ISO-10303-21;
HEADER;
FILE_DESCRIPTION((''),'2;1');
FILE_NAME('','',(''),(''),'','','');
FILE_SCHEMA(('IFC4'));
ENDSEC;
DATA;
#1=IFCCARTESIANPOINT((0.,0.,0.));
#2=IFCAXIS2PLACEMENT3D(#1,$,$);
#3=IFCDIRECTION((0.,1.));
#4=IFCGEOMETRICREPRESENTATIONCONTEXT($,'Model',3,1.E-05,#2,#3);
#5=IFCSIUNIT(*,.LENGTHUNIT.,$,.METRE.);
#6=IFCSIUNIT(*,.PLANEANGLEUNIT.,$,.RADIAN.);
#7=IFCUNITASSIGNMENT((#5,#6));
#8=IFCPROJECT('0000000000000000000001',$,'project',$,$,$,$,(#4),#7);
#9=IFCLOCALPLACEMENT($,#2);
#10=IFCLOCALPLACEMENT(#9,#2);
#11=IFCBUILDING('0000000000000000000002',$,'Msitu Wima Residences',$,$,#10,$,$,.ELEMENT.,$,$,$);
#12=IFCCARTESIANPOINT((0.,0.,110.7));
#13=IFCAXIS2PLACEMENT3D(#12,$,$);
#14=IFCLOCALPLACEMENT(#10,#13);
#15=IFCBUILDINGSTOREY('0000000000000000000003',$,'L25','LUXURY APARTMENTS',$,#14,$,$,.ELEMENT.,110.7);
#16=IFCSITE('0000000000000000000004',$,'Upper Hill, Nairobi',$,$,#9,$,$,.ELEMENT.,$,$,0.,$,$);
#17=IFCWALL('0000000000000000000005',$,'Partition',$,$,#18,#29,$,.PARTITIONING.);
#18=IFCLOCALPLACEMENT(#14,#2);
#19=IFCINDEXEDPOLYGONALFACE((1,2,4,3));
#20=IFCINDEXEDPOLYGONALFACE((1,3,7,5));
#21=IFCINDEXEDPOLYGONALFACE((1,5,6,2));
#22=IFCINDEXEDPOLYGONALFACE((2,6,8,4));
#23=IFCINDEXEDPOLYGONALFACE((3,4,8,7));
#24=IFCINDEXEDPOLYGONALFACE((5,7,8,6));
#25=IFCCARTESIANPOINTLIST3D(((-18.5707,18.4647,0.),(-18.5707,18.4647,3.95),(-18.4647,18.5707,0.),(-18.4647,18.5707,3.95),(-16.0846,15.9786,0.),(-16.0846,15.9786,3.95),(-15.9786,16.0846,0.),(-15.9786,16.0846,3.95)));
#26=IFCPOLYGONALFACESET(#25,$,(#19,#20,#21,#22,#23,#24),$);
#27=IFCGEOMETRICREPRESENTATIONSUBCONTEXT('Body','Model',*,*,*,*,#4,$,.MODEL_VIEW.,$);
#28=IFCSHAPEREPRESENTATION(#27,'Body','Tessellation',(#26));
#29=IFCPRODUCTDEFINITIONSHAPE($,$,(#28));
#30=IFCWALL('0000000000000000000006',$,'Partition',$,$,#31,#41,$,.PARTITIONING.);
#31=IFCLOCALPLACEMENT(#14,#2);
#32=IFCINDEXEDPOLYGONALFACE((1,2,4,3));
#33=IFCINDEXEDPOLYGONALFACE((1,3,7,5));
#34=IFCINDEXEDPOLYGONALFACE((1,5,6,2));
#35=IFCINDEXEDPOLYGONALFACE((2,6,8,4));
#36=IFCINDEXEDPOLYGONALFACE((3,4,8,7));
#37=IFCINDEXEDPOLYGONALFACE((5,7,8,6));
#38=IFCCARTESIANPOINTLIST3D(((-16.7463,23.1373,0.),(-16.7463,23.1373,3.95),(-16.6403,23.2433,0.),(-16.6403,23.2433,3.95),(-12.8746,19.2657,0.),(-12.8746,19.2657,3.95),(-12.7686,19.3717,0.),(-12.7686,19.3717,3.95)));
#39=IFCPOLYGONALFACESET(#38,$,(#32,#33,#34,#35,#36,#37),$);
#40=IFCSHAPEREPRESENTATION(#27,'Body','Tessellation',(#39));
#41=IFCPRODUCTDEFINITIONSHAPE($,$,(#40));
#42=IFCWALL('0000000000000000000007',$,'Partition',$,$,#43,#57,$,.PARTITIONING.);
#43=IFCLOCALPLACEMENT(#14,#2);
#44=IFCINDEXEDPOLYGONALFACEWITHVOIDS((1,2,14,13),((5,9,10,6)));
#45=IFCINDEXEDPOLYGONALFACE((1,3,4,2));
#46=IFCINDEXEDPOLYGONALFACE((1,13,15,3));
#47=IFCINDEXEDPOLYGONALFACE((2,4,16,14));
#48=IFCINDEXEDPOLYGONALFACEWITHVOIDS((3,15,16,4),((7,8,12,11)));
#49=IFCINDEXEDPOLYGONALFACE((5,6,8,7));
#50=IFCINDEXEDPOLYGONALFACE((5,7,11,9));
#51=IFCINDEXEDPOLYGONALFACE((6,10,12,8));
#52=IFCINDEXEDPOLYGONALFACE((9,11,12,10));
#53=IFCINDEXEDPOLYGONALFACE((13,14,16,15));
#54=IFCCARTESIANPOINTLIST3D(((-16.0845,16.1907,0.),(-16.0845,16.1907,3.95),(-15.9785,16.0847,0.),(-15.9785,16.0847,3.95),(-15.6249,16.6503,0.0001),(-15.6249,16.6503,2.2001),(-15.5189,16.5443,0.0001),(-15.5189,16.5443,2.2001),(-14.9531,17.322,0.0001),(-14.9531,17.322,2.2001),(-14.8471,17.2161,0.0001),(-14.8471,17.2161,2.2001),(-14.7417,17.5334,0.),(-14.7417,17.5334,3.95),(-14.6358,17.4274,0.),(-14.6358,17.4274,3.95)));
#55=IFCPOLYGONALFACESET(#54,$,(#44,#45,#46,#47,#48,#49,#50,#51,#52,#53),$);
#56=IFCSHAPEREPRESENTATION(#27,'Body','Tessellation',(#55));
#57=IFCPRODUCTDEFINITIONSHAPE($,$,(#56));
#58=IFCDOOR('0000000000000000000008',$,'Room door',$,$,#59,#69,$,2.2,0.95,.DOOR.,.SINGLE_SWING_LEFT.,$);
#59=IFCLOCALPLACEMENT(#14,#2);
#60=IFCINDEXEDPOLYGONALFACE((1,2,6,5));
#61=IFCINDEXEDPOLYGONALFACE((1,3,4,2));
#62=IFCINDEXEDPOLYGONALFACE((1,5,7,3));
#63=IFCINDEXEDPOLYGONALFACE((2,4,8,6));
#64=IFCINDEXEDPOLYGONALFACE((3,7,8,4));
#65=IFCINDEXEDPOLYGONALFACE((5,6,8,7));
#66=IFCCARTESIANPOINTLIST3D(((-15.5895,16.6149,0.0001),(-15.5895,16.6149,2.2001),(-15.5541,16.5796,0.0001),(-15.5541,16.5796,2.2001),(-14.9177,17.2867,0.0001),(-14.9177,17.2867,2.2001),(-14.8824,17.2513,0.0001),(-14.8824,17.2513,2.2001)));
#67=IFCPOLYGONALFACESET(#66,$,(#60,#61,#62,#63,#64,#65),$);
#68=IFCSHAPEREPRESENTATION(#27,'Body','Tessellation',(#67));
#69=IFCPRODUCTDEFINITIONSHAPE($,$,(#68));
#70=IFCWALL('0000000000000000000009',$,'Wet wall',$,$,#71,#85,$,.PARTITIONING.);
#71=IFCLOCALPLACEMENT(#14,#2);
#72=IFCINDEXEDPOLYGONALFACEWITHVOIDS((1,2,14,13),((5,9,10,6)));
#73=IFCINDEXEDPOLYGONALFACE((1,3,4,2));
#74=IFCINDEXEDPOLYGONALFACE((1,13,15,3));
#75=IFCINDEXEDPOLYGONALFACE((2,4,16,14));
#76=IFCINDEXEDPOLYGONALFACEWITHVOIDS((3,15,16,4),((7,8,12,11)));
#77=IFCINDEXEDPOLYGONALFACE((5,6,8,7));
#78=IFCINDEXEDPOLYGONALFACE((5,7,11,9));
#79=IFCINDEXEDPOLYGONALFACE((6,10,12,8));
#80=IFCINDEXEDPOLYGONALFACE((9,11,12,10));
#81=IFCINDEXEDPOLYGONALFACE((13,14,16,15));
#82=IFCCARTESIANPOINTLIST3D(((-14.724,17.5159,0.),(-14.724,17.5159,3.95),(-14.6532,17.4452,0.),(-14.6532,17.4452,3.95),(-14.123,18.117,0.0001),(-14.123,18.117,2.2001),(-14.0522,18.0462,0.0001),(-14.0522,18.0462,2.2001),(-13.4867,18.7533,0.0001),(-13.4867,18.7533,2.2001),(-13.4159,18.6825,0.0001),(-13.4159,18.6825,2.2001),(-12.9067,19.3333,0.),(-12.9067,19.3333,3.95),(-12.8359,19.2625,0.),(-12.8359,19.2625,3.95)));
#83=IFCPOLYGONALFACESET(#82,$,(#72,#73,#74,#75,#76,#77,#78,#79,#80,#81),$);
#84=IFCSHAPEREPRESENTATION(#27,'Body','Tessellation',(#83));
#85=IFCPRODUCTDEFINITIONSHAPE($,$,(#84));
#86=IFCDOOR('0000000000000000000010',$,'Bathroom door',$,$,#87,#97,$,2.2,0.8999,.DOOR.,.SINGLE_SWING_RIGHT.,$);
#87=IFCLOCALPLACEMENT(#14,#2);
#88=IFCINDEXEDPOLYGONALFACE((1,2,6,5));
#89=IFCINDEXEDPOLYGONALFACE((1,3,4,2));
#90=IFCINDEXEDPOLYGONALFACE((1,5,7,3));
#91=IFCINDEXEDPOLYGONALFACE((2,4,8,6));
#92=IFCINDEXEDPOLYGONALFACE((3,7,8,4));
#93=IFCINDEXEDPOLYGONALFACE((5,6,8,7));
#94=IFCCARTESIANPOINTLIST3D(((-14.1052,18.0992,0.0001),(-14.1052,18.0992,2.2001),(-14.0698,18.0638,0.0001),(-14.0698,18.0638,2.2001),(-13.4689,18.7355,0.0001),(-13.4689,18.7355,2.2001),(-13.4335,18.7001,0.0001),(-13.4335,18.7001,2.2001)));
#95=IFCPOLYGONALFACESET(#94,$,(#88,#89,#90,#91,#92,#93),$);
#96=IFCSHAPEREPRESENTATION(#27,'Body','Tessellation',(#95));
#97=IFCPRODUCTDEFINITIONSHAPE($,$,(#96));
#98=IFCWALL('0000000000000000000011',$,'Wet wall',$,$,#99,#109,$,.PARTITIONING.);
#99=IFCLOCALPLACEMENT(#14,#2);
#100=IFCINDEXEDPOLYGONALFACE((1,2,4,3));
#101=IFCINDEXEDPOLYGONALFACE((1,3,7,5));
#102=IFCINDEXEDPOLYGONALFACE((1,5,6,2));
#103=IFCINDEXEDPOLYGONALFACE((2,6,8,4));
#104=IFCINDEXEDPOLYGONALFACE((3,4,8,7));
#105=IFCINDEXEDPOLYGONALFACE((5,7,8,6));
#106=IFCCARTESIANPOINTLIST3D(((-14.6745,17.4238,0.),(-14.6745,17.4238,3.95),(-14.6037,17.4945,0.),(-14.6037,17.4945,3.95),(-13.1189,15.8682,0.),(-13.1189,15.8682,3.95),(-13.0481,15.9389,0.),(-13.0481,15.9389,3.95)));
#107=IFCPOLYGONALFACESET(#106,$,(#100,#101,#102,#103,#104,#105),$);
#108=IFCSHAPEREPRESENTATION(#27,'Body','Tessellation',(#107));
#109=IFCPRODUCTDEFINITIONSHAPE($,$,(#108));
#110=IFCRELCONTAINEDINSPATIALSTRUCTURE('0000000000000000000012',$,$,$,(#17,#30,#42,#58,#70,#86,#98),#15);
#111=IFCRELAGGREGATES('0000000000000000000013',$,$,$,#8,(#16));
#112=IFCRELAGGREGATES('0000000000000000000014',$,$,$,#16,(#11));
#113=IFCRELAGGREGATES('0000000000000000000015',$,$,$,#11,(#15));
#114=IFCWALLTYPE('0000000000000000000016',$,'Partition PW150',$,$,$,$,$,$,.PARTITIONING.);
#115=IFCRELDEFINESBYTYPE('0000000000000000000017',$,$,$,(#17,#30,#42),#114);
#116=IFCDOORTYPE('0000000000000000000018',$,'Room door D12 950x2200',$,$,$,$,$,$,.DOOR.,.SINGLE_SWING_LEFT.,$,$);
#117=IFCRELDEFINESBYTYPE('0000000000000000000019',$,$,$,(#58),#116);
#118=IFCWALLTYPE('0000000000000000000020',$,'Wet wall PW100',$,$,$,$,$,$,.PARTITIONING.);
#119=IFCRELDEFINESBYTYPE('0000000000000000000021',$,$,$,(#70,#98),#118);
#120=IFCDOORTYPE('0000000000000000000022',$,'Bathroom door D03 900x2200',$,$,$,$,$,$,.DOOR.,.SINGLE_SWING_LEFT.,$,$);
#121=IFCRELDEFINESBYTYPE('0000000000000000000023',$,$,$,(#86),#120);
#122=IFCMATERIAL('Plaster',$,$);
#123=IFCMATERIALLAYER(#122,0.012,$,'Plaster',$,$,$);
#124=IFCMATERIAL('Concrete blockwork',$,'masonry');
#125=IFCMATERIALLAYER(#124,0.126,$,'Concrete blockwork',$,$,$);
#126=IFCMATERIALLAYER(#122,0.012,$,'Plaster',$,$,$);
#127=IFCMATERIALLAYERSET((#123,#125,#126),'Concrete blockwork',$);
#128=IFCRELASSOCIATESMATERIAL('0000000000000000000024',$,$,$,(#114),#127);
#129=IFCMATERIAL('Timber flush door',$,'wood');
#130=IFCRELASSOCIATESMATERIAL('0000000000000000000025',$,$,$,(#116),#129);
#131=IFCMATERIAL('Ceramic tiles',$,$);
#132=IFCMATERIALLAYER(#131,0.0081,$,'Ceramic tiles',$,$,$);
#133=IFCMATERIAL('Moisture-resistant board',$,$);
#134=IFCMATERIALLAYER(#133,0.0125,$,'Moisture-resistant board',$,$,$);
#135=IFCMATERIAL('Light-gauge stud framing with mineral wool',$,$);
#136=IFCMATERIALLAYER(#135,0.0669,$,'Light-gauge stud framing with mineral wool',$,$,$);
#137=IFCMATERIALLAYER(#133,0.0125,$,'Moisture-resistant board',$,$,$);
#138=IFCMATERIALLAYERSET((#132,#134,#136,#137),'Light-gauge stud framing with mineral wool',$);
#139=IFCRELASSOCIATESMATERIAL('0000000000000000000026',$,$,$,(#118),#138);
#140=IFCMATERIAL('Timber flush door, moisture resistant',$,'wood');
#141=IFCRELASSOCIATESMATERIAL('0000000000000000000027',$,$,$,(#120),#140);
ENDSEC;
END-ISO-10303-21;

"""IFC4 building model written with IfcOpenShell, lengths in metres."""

from ifc_helpers import new_model, si_unit, direction, frame, frame_2d, origin, place, context, subcontext, project, spatial, rectangle, extrude, material, layer, layer_set, type_object, element, fill, save


model = new_model("IFC4")

# Units and contexts
model_context = context("Model", 3, precision=1e-05, world=origin(), true_north=direction((0.0, 1.0)))
body_context = subcontext(model_context, "Body", "Model", "MODEL_VIEW")
ifc_project = project(units=[si_unit("LENGTHUNIT", "METRE"), si_unit("PLANEANGLEUNIT", "RADIAN")], contexts=[model_context])

# Site, building, storey
site_placement = place(None, origin())
site = spatial("IfcSite", under=ifc_project, at=site_placement, Name="Upper Hill, Nairobi", CompositionType="ELEMENT", RefElevation=0.0)
building_placement = place(site_placement, origin())
building = spatial("IfcBuilding", under=site, at=building_placement, Name="Msitu Wima Residences", CompositionType="ELEMENT")
storey_placement = place(building_placement, frame((0.0, 0.0, 110.7)))
storey = spatial("IfcBuildingStorey", under=building, at=storey_placement, Name="L25", Description="LUXURY APARTMENTS", CompositionType="ELEMENT", Elevation=110.7)

# Shared definitions
ifc_material_1 = material(Name="Plaster")
ifc_material_2 = material(Name="Concrete blockwork", Category="masonry")

# Walls
ifc_layer_1 = layer(ifc_material_1, 0.012, Name="Plaster")
ifc_layer_2 = layer(ifc_material_2, 0.126, Name="Concrete blockwork")
ifc_layer_3 = layer(ifc_material_1, 0.012, Name="Plaster")
ifc_layer_set_1 = layer_set([ifc_layer_1, ifc_layer_2, ifc_layer_3], Name="Concrete blockwork")
wall_type_1 = type_object("IfcWallType", Name="Partition PW150", PredefinedType="PARTITIONING", material=ifc_layer_set_1)
wall_1_placement = place(storey_placement, frame((-18.5176, 18.5176, 0.0), z_axis=(0.0, 0.0, 1.0), x_axis=(0.707107, -0.707107, 0.0)))
element("IfcWall", 1, at=wall_1_placement, inside=storey, type_object=wall_type_1, Name="Partition", PredefinedType="PARTITIONING", context=body_context, shape_type="SweptSolid", body=[
    extrude(rectangle(XDim=3.5159, YDim=0.1499, at=frame_2d((1.7578, 0.0))), origin(), (0.0, 0.0, 1.0), 3.95),
])
wall_2_placement = place(storey_placement, frame((-16.6934, 23.1904, 0.0), z_axis=(0.0, 0.0, 1.0), x_axis=(0.707107, -0.707107, 0.0)))
element("IfcWall", 2, at=wall_2_placement, inside=storey, type_object=wall_type_1, Name="Partition", PredefinedType="PARTITIONING", context=body_context, shape_type="SweptSolid", body=[
    extrude(rectangle(XDim=5.4753, YDim=0.1499, at=frame_2d((2.7378, 0.0))), origin(), (0.0, 0.0, 1.0), 3.95),
])

# Walls, openings, doors
wall_3_placement = place(storey_placement, frame((-16.0315, 16.1377, 0.0), z_axis=(0.0, 0.0, 1.0), x_axis=(0.707107, 0.707107, 0.0)))
wall_3 = element("IfcWall", 3, at=wall_3_placement, inside=storey, type_object=wall_type_1, Name="Partition", PredefinedType="PARTITIONING", context=body_context, shape_type="SweptSolid", body=[
    extrude(rectangle(XDim=1.8989, YDim=0.1499, at=frame_2d((0.9495, 0.0))), origin(), (0.0, 0.0, 1.0), 3.95),
])
opening_1_placement = place(wall_3_placement, frame((0.6499, 0.0, 0.0)))
opening_1 = element("IfcOpeningElement", 4, at=opening_1_placement, cuts=wall_3, PredefinedType="OPENING", context=body_context, shape_type="SweptSolid", body=[
    extrude(rectangle(XDim=0.95, YDim=2.2, at=frame_2d((0.4751, 1.1001))), frame((0.0, 0.085, 0.0), z_axis=(0.0, -1.0, 0.0), x_axis=(1.0, 0.0, 0.0)), (0.0, 0.0, 1.0), 0.1699),
])
ifc_material_3 = material(Name="Timber flush door", Category="wood")
door_type_1 = type_object("IfcDoorType", Name="Room door D12 950x2200", OperationType="SINGLE_SWING_LEFT", PredefinedType="DOOR", material=ifc_material_3)
door_1_placement = place(opening_1_placement, origin())
door_1 = element("IfcDoor", 5, at=door_1_placement, inside=storey, type_object=door_type_1, Name="Room door", OperationType="SINGLE_SWING_LEFT", OverallHeight=2.2, OverallWidth=0.95, PredefinedType="DOOR", context=body_context, shape_type="SweptSolid", body=[
    extrude(rectangle(XDim=0.95, YDim=2.2, at=frame_2d((0.4751, 1.1001))), frame((0.0, 0.0249, 0.0), z_axis=(0.0, -1.0, 0.0), x_axis=(1.0, 0.0, 0.0)), (0.0, 0.0, 1.0), 0.05),
])
fill(opening_1, door_1)
ifc_material_4 = material(Name="Ceramic tiles")
ifc_layer_4 = layer(ifc_material_4, 0.0081, Name="Ceramic tiles")
ifc_material_5 = material(Name="Moisture-resistant board")
ifc_layer_5 = layer(ifc_material_5, 0.0125, Name="Moisture-resistant board")
ifc_material_6 = material(Name="Light-gauge stud framing with mineral wool")
ifc_layer_6 = layer(ifc_material_6, 0.0669, Name="Light-gauge stud framing with mineral wool")
ifc_layer_7 = layer(ifc_material_5, 0.0125, Name="Moisture-resistant board")
ifc_layer_set_2 = layer_set([ifc_layer_4, ifc_layer_5, ifc_layer_6, ifc_layer_7], Name="Light-gauge stud framing with mineral wool")
wall_type_2 = type_object("IfcWallType", Name="Wet wall PW100", PredefinedType="PARTITIONING", material=ifc_layer_set_2)
wall_4_placement = place(storey_placement, frame((-14.6887, 17.4805, 0.0), z_axis=(0.0, 0.0, 1.0), x_axis=(0.707107, 0.707107, 0.0)))
wall_4 = element("IfcWall", 6, at=wall_4_placement, inside=storey, type_object=wall_type_2, Name="Wet wall", PredefinedType="PARTITIONING", context=body_context, shape_type="SweptSolid", body=[
    extrude(rectangle(XDim=2.5701, YDim=0.1001, at=frame_2d((1.2852, 0.0))), origin(), (0.0, 0.0, 1.0), 3.95),
])
opening_2_placement = place(wall_4_placement, frame((0.8501, 0.0, 0.0)))
opening_2 = element("IfcOpeningElement", 7, at=opening_2_placement, cuts=wall_4, PredefinedType="OPENING", context=body_context, shape_type="SweptSolid", body=[
    extrude(rectangle(XDim=0.8999, YDim=2.2, at=frame_2d((0.45, 1.1001))), frame((0.0, 0.0601, 0.0), z_axis=(0.0, -1.0, 0.0), x_axis=(1.0, 0.0, 0.0)), (0.0, 0.0, 1.0), 0.1201),
])
ifc_material_7 = material(Name="Timber flush door, moisture resistant", Category="wood")
door_type_2 = type_object("IfcDoorType", Name="Bathroom door D03 900x2200", OperationType="SINGLE_SWING_LEFT", PredefinedType="DOOR", material=ifc_material_7)
door_2_placement = place(opening_2_placement, origin())
door_2 = element("IfcDoor", 8, at=door_2_placement, inside=storey, type_object=door_type_2, Name="Bathroom door", OperationType="SINGLE_SWING_RIGHT", OverallHeight=2.2, OverallWidth=0.8999, PredefinedType="DOOR", context=body_context, shape_type="SweptSolid", body=[
    extrude(rectangle(XDim=0.8999, YDim=2.2, at=frame_2d((0.45, 1.1001))), frame((0.0, 0.0249, 0.0), z_axis=(0.0, -1.0, 0.0), x_axis=(1.0, 0.0, 0.0)), (0.0, 0.0, 1.0), 0.05),
])
fill(opening_2, door_2)

# Wall
wall_5_placement = place(storey_placement, frame((-14.6392, 17.4592, 0.0), z_axis=(0.0, 0.0, 1.0), x_axis=(0.707107, -0.707107, 0.0)))
element("IfcWall", 9, at=wall_5_placement, inside=storey, type_object=wall_type_2, Name="Wet wall", PredefinedType="PARTITIONING", context=body_context, shape_type="SweptSolid", body=[
    extrude(rectangle(XDim=2.2, YDim=0.1001, at=frame_2d((1.1001, 0.0))), origin(), (0.0, 0.0, 1.0), 3.95),
])

save(model, "model.ifc")
